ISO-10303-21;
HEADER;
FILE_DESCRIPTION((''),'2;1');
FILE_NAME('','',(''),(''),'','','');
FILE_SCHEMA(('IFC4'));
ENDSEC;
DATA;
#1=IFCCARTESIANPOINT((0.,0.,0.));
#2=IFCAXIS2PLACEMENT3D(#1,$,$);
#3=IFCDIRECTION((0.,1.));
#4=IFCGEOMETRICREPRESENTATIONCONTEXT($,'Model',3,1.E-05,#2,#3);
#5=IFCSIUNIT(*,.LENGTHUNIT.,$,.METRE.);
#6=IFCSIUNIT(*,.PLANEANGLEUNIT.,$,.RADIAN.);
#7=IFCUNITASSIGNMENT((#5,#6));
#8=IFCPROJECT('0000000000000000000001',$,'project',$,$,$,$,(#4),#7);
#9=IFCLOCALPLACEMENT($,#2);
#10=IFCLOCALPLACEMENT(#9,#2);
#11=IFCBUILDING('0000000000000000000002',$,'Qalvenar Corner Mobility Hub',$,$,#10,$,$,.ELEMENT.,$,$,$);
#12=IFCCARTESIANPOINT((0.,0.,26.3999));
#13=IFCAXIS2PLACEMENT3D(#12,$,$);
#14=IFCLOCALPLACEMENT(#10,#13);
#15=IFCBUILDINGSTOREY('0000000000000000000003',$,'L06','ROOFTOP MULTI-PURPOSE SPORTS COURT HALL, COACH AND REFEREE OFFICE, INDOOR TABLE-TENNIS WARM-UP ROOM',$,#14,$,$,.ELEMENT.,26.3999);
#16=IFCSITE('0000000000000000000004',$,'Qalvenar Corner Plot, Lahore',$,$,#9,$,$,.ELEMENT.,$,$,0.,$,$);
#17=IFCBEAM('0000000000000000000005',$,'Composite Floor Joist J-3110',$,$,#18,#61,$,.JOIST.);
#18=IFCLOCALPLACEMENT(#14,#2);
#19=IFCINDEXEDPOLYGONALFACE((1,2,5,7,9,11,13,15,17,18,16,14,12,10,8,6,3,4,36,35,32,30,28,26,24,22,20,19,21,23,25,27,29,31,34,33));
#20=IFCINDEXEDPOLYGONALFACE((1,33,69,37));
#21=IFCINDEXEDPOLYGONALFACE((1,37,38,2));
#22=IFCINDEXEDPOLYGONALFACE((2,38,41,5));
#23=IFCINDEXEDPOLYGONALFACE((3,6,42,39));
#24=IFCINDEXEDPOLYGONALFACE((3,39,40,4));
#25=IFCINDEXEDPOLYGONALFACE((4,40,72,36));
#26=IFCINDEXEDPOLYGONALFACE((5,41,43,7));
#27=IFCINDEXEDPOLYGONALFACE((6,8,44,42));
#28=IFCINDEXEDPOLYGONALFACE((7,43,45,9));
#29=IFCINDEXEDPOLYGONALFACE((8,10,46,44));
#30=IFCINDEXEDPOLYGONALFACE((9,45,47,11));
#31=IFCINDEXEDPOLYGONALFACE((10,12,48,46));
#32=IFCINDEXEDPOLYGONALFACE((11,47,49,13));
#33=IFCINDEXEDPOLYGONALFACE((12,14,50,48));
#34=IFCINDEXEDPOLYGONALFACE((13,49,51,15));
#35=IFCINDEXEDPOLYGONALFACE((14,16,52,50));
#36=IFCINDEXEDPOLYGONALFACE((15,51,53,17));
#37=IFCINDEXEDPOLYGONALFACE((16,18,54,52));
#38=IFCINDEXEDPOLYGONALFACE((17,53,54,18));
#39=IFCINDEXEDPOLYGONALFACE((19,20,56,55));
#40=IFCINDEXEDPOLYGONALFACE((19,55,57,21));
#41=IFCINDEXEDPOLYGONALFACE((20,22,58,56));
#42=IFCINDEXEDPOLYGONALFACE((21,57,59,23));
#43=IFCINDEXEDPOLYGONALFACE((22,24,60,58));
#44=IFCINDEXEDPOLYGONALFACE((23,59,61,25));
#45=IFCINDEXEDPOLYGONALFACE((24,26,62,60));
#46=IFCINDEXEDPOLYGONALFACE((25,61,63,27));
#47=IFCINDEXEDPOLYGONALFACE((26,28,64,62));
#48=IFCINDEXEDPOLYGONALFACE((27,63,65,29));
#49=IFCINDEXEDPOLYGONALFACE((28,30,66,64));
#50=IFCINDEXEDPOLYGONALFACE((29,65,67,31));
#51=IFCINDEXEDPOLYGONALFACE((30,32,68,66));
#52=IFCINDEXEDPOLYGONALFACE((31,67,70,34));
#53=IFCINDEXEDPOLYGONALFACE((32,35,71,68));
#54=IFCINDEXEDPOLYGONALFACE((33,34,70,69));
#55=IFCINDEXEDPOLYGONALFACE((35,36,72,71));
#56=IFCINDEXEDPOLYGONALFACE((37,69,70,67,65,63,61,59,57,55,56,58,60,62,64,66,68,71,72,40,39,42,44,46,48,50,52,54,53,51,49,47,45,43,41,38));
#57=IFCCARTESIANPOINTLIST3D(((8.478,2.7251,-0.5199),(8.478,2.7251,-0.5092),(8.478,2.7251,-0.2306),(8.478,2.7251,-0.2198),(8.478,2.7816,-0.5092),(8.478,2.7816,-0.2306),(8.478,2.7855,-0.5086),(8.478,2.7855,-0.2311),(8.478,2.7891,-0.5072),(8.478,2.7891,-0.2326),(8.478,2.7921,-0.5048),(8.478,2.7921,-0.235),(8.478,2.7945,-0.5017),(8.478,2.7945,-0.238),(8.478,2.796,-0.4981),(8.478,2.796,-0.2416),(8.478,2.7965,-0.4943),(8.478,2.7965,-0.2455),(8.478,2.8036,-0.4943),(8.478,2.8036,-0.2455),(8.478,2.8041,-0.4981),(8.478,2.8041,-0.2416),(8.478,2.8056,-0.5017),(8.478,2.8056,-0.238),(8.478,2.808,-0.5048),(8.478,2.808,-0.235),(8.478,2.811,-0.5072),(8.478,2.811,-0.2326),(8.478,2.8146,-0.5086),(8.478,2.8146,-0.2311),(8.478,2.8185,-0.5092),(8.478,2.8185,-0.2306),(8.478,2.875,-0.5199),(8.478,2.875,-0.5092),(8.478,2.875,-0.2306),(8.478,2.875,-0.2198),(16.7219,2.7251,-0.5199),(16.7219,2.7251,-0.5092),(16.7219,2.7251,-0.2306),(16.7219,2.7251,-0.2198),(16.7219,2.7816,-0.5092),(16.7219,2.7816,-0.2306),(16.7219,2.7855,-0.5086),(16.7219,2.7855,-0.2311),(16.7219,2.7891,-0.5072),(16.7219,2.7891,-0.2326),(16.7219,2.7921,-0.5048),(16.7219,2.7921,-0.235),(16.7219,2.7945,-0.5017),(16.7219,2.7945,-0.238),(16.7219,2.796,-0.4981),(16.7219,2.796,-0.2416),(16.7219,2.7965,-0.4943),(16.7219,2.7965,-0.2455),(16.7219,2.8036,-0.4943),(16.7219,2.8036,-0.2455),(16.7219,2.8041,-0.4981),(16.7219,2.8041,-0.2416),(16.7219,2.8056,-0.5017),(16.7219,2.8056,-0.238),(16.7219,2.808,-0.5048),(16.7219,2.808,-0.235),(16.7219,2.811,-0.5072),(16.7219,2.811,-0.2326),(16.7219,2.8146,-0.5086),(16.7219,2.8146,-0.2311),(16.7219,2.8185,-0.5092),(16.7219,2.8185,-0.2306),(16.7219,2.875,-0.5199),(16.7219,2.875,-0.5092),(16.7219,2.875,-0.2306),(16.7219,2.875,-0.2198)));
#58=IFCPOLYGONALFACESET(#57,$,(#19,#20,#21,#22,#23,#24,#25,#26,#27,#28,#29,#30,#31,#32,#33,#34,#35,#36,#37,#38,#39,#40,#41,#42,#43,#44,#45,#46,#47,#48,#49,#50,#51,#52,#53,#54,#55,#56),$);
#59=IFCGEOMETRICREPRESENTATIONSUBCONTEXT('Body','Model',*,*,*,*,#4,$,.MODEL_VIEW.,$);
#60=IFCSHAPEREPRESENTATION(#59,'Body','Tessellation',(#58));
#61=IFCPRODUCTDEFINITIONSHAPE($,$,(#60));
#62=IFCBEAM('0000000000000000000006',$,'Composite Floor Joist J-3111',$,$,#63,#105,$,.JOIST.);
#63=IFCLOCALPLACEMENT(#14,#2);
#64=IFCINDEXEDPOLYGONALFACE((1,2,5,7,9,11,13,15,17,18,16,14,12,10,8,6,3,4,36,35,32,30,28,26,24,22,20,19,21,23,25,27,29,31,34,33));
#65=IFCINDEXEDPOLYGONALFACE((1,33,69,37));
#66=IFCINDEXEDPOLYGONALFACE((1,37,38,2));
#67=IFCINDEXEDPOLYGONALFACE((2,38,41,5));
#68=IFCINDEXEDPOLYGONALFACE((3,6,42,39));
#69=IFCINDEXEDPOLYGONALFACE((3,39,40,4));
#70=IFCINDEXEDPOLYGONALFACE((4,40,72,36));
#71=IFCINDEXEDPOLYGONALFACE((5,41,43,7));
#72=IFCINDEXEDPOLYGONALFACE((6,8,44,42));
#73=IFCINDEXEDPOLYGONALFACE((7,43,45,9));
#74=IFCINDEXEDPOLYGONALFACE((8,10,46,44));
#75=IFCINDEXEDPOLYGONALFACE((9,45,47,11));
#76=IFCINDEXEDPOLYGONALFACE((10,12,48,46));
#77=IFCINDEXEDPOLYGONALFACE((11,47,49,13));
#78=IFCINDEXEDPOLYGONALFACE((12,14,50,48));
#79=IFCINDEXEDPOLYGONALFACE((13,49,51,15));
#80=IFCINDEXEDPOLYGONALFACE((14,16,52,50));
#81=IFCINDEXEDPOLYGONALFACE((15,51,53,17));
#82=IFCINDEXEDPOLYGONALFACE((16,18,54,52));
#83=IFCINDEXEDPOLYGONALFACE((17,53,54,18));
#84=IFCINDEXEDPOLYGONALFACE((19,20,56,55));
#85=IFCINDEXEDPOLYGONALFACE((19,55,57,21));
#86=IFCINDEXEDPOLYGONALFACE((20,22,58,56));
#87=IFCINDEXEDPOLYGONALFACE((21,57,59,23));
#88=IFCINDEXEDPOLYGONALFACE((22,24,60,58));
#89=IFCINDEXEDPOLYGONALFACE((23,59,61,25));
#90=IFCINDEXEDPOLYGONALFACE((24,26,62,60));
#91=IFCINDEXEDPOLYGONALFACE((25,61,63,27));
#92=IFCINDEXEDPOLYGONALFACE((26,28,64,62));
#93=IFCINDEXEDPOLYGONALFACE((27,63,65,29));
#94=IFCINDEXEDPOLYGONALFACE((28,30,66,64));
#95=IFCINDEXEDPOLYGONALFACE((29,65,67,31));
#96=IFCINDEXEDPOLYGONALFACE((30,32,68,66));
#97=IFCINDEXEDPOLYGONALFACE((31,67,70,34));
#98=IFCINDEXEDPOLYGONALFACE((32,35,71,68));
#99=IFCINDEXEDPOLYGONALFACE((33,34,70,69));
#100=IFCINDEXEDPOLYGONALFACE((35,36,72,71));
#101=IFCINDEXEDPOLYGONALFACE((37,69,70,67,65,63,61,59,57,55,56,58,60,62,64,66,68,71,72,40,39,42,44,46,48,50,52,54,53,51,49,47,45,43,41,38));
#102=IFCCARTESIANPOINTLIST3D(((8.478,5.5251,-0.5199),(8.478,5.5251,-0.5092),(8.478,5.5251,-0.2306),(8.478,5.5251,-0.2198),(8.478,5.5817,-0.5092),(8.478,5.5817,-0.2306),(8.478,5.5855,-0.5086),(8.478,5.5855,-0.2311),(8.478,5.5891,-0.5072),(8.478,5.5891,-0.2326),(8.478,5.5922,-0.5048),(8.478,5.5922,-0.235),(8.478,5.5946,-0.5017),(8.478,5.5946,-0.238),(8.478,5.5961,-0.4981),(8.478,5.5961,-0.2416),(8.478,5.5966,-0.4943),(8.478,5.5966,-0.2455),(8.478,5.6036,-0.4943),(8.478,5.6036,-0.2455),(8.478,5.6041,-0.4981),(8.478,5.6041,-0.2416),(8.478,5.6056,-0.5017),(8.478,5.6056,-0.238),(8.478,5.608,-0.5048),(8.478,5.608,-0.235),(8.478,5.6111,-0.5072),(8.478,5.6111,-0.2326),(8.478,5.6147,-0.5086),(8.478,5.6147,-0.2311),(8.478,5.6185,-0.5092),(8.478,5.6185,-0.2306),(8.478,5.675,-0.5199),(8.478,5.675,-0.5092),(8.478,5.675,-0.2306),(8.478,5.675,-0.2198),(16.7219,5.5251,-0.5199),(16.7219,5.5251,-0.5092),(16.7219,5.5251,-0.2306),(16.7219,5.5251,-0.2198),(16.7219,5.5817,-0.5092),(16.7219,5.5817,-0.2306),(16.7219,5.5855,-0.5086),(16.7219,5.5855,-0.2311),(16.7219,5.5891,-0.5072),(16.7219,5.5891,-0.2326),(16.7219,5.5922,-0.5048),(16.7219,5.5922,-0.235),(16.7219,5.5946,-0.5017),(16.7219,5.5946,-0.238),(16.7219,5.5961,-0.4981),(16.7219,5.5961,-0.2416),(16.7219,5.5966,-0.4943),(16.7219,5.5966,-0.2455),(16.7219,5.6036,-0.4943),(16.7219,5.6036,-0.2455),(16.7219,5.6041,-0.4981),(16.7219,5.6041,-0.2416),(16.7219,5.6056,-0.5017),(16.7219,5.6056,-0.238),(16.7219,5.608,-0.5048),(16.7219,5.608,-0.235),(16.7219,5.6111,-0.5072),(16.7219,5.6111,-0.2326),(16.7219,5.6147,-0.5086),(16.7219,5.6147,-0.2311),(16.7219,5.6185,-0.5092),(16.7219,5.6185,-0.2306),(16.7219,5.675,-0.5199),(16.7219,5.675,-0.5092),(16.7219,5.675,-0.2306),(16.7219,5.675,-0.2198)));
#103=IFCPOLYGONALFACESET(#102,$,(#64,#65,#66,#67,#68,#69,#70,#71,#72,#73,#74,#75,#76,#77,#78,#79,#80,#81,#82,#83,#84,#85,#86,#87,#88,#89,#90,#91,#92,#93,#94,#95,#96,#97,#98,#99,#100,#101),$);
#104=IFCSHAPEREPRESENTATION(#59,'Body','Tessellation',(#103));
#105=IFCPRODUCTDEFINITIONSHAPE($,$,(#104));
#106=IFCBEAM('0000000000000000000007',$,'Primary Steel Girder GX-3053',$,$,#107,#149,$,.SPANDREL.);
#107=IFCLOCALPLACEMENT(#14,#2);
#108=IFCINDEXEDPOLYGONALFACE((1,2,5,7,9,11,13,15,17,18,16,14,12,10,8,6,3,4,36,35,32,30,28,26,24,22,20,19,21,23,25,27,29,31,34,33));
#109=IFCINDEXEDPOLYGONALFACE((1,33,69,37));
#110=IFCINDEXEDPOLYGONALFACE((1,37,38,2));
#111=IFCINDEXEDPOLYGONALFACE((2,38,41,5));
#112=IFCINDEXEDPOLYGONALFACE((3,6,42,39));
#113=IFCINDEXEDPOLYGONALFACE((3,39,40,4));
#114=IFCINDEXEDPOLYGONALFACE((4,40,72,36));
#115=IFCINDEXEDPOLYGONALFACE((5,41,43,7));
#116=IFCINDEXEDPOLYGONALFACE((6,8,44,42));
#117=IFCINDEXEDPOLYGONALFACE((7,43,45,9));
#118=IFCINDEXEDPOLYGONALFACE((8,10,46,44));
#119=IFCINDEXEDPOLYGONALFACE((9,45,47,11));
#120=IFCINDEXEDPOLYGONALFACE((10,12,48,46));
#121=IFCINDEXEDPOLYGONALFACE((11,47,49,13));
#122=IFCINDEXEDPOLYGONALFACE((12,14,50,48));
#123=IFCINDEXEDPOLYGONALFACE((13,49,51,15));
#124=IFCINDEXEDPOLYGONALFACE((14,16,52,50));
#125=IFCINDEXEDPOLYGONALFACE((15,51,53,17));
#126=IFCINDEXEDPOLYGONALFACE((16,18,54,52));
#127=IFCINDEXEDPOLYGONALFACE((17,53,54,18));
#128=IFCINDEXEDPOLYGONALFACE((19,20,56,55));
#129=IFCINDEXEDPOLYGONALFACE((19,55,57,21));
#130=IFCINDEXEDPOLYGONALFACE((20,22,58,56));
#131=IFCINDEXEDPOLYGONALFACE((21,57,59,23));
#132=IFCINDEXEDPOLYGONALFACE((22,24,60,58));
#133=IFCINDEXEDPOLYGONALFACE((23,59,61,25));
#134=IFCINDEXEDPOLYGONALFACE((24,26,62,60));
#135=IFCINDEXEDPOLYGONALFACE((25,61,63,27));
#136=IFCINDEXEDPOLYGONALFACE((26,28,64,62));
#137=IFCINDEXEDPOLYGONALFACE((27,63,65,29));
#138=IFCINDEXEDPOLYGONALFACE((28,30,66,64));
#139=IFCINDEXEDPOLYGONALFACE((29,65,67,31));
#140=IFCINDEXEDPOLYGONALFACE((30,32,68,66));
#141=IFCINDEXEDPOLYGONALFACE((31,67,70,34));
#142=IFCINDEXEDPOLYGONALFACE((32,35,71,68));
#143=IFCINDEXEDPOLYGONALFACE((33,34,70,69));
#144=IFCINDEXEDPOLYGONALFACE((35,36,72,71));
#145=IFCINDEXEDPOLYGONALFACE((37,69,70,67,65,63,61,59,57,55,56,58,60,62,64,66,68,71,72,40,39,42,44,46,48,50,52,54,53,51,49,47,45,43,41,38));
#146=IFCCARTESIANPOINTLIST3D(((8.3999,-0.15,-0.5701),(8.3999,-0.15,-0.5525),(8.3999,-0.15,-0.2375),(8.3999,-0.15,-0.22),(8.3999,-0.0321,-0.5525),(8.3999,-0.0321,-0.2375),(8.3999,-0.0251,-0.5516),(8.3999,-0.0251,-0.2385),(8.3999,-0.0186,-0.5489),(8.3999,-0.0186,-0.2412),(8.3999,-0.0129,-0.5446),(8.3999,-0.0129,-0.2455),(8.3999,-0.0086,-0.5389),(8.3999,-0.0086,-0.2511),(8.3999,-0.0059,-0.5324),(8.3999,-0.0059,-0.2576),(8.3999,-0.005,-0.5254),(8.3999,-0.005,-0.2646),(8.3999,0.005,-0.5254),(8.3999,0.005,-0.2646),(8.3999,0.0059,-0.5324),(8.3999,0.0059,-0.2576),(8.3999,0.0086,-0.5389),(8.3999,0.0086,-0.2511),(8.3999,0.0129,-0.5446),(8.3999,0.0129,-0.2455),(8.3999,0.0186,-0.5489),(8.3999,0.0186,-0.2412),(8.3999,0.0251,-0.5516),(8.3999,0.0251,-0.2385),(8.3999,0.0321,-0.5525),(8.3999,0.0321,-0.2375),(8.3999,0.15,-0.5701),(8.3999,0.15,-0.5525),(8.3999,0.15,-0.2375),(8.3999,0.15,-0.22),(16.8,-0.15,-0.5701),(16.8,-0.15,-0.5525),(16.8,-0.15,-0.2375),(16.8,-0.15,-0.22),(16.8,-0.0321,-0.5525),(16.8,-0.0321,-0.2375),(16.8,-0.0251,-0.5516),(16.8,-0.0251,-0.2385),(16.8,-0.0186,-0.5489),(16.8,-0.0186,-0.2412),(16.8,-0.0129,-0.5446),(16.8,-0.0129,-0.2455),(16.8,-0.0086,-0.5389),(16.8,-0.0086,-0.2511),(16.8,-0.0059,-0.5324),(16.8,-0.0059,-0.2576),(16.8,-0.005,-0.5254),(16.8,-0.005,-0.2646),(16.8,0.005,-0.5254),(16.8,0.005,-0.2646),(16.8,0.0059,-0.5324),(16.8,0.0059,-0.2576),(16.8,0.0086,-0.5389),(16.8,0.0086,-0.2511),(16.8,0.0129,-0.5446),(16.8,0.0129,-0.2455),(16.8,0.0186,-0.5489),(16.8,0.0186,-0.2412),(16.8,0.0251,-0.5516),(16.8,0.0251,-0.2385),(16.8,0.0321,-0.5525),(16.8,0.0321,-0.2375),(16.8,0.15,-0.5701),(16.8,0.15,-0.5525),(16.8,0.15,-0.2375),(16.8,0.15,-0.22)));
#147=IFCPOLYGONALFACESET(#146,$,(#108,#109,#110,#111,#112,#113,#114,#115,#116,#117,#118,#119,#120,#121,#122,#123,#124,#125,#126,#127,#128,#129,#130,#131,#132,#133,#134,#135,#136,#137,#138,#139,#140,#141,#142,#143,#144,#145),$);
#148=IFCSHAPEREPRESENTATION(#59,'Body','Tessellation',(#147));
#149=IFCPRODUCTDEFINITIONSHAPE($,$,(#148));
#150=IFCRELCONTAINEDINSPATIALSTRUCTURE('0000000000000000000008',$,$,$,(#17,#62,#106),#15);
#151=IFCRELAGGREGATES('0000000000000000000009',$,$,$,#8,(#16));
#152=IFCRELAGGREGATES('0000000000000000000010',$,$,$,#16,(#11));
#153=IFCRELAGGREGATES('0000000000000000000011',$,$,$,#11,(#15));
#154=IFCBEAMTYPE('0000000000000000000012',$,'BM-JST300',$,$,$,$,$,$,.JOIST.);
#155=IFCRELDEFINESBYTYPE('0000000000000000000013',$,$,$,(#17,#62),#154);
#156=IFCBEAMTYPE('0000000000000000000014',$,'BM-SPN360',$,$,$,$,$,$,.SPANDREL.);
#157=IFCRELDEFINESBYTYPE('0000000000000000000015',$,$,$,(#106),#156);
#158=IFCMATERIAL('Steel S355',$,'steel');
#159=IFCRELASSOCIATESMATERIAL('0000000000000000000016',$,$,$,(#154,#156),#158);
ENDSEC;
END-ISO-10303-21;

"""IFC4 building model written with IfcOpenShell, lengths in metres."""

from ifc_helpers import new_model, si_unit, direction, frame, origin, origin_2d, place, context, subcontext, project, spatial, i_section, extrude, material, material_profile, profile_set, type_object, element, save


model = new_model("IFC4")

# Units and contexts
model_context = context("Model", 3, precision=1e-05, world=origin(), true_north=direction((0.0, 1.0)))
body_context = subcontext(model_context, "Body", "Model", "MODEL_VIEW")
ifc_project = project(units=[si_unit("LENGTHUNIT", "METRE"), si_unit("PLANEANGLEUNIT", "RADIAN")], contexts=[model_context])

# Site, building, storey
site_placement = place(None, origin())
site = spatial("IfcSite", under=ifc_project, at=site_placement, Name="Qalvenar Corner Plot, Lahore", CompositionType="ELEMENT", RefElevation=0.0)
building_placement = place(site_placement, origin())
building = spatial("IfcBuilding", under=site, at=building_placement, Name="Qalvenar Corner Mobility Hub", CompositionType="ELEMENT")
storey_placement = place(building_placement, frame((0.0, 0.0, 26.3999)))
storey = spatial("IfcBuildingStorey", under=building, at=storey_placement, Name="L06", Description="ROOFTOP MULTI-PURPOSE SPORTS COURT HALL, COACH AND REFEREE OFFICE, INDOOR TABLE-TENNIS WARM-UP ROOM", CompositionType="ELEMENT", Elevation=26.3999)

# Shared definitions
ifc_material_1 = material(Name="Steel S355", Category="steel")

# Beams
ifc_material_profile_1 = material_profile(ifc_material_1, i_section(OverallWidth=0.1499, OverallDepth=0.3, WebThickness=0.0071, FlangeThickness=0.0107, FilletRadius=0.0149, at=origin_2d()), Name="IPE300")
ifc_profile_set_1 = profile_set([ifc_material_profile_1], Name="Steel S355")
beam_type_1 = type_object("IfcBeamType", Name="BM-JST300", PredefinedType="JOIST", material=ifc_profile_set_1)
for number, where, z_axis, x_axis, name in (
    (1, (8.478, 2.8, -0.3699), (1.0, 0.0, 0.0), (0.0, 1.0, 0.0), "Composite Floor Joist J-3110"),
    (2, (8.478, 5.6001, -0.3699), (1.0, 0.0, 0.0), (0.0, 1.0, 0.0), "Composite Floor Joist J-3111"),
):
    element("IfcBeam", number, at=place(storey_placement, frame(where, z_axis=z_axis, x_axis=x_axis)), inside=storey, type_object=beam_type_1, Name=name, PredefinedType="JOIST", context=body_context, shape_type="SweptSolid", body=[
        extrude(i_section(OverallWidth=0.1499, OverallDepth=0.3, WebThickness=0.0071, FlangeThickness=0.0107, FilletRadius=0.0149, at=origin_2d()), origin(), (0.0, 0.0, 1.0), 8.2439),
    ])
ifc_material_profile_2 = material_profile(ifc_material_1, i_section(OverallWidth=0.3, OverallDepth=0.3501, WebThickness=0.01, FlangeThickness=0.0176, FilletRadius=0.0271, at=origin_2d()), Name="HEA360")
ifc_profile_set_2 = profile_set([ifc_material_profile_2], Name="Steel S355")
beam_type_2 = type_object("IfcBeamType", Name="BM-SPN360", PredefinedType="SPANDREL", material=ifc_profile_set_2)
beam_1_placement = place(storey_placement, frame((8.3999, 0.0, -0.395), z_axis=(1.0, 0.0, 0.0), x_axis=(0.0, 1.0, 0.0)))
element("IfcBeam", 3, at=beam_1_placement, inside=storey, type_object=beam_type_2, Name="Primary Steel Girder GX-3053", PredefinedType="SPANDREL", context=body_context, shape_type="SweptSolid", body=[
    extrude(i_section(OverallWidth=0.3, OverallDepth=0.3501, WebThickness=0.01, FlangeThickness=0.0176, FilletRadius=0.0271, at=origin_2d()), origin(), (0.0, 0.0, 1.0), 8.4001),
])

save(model, "model.ifc")
